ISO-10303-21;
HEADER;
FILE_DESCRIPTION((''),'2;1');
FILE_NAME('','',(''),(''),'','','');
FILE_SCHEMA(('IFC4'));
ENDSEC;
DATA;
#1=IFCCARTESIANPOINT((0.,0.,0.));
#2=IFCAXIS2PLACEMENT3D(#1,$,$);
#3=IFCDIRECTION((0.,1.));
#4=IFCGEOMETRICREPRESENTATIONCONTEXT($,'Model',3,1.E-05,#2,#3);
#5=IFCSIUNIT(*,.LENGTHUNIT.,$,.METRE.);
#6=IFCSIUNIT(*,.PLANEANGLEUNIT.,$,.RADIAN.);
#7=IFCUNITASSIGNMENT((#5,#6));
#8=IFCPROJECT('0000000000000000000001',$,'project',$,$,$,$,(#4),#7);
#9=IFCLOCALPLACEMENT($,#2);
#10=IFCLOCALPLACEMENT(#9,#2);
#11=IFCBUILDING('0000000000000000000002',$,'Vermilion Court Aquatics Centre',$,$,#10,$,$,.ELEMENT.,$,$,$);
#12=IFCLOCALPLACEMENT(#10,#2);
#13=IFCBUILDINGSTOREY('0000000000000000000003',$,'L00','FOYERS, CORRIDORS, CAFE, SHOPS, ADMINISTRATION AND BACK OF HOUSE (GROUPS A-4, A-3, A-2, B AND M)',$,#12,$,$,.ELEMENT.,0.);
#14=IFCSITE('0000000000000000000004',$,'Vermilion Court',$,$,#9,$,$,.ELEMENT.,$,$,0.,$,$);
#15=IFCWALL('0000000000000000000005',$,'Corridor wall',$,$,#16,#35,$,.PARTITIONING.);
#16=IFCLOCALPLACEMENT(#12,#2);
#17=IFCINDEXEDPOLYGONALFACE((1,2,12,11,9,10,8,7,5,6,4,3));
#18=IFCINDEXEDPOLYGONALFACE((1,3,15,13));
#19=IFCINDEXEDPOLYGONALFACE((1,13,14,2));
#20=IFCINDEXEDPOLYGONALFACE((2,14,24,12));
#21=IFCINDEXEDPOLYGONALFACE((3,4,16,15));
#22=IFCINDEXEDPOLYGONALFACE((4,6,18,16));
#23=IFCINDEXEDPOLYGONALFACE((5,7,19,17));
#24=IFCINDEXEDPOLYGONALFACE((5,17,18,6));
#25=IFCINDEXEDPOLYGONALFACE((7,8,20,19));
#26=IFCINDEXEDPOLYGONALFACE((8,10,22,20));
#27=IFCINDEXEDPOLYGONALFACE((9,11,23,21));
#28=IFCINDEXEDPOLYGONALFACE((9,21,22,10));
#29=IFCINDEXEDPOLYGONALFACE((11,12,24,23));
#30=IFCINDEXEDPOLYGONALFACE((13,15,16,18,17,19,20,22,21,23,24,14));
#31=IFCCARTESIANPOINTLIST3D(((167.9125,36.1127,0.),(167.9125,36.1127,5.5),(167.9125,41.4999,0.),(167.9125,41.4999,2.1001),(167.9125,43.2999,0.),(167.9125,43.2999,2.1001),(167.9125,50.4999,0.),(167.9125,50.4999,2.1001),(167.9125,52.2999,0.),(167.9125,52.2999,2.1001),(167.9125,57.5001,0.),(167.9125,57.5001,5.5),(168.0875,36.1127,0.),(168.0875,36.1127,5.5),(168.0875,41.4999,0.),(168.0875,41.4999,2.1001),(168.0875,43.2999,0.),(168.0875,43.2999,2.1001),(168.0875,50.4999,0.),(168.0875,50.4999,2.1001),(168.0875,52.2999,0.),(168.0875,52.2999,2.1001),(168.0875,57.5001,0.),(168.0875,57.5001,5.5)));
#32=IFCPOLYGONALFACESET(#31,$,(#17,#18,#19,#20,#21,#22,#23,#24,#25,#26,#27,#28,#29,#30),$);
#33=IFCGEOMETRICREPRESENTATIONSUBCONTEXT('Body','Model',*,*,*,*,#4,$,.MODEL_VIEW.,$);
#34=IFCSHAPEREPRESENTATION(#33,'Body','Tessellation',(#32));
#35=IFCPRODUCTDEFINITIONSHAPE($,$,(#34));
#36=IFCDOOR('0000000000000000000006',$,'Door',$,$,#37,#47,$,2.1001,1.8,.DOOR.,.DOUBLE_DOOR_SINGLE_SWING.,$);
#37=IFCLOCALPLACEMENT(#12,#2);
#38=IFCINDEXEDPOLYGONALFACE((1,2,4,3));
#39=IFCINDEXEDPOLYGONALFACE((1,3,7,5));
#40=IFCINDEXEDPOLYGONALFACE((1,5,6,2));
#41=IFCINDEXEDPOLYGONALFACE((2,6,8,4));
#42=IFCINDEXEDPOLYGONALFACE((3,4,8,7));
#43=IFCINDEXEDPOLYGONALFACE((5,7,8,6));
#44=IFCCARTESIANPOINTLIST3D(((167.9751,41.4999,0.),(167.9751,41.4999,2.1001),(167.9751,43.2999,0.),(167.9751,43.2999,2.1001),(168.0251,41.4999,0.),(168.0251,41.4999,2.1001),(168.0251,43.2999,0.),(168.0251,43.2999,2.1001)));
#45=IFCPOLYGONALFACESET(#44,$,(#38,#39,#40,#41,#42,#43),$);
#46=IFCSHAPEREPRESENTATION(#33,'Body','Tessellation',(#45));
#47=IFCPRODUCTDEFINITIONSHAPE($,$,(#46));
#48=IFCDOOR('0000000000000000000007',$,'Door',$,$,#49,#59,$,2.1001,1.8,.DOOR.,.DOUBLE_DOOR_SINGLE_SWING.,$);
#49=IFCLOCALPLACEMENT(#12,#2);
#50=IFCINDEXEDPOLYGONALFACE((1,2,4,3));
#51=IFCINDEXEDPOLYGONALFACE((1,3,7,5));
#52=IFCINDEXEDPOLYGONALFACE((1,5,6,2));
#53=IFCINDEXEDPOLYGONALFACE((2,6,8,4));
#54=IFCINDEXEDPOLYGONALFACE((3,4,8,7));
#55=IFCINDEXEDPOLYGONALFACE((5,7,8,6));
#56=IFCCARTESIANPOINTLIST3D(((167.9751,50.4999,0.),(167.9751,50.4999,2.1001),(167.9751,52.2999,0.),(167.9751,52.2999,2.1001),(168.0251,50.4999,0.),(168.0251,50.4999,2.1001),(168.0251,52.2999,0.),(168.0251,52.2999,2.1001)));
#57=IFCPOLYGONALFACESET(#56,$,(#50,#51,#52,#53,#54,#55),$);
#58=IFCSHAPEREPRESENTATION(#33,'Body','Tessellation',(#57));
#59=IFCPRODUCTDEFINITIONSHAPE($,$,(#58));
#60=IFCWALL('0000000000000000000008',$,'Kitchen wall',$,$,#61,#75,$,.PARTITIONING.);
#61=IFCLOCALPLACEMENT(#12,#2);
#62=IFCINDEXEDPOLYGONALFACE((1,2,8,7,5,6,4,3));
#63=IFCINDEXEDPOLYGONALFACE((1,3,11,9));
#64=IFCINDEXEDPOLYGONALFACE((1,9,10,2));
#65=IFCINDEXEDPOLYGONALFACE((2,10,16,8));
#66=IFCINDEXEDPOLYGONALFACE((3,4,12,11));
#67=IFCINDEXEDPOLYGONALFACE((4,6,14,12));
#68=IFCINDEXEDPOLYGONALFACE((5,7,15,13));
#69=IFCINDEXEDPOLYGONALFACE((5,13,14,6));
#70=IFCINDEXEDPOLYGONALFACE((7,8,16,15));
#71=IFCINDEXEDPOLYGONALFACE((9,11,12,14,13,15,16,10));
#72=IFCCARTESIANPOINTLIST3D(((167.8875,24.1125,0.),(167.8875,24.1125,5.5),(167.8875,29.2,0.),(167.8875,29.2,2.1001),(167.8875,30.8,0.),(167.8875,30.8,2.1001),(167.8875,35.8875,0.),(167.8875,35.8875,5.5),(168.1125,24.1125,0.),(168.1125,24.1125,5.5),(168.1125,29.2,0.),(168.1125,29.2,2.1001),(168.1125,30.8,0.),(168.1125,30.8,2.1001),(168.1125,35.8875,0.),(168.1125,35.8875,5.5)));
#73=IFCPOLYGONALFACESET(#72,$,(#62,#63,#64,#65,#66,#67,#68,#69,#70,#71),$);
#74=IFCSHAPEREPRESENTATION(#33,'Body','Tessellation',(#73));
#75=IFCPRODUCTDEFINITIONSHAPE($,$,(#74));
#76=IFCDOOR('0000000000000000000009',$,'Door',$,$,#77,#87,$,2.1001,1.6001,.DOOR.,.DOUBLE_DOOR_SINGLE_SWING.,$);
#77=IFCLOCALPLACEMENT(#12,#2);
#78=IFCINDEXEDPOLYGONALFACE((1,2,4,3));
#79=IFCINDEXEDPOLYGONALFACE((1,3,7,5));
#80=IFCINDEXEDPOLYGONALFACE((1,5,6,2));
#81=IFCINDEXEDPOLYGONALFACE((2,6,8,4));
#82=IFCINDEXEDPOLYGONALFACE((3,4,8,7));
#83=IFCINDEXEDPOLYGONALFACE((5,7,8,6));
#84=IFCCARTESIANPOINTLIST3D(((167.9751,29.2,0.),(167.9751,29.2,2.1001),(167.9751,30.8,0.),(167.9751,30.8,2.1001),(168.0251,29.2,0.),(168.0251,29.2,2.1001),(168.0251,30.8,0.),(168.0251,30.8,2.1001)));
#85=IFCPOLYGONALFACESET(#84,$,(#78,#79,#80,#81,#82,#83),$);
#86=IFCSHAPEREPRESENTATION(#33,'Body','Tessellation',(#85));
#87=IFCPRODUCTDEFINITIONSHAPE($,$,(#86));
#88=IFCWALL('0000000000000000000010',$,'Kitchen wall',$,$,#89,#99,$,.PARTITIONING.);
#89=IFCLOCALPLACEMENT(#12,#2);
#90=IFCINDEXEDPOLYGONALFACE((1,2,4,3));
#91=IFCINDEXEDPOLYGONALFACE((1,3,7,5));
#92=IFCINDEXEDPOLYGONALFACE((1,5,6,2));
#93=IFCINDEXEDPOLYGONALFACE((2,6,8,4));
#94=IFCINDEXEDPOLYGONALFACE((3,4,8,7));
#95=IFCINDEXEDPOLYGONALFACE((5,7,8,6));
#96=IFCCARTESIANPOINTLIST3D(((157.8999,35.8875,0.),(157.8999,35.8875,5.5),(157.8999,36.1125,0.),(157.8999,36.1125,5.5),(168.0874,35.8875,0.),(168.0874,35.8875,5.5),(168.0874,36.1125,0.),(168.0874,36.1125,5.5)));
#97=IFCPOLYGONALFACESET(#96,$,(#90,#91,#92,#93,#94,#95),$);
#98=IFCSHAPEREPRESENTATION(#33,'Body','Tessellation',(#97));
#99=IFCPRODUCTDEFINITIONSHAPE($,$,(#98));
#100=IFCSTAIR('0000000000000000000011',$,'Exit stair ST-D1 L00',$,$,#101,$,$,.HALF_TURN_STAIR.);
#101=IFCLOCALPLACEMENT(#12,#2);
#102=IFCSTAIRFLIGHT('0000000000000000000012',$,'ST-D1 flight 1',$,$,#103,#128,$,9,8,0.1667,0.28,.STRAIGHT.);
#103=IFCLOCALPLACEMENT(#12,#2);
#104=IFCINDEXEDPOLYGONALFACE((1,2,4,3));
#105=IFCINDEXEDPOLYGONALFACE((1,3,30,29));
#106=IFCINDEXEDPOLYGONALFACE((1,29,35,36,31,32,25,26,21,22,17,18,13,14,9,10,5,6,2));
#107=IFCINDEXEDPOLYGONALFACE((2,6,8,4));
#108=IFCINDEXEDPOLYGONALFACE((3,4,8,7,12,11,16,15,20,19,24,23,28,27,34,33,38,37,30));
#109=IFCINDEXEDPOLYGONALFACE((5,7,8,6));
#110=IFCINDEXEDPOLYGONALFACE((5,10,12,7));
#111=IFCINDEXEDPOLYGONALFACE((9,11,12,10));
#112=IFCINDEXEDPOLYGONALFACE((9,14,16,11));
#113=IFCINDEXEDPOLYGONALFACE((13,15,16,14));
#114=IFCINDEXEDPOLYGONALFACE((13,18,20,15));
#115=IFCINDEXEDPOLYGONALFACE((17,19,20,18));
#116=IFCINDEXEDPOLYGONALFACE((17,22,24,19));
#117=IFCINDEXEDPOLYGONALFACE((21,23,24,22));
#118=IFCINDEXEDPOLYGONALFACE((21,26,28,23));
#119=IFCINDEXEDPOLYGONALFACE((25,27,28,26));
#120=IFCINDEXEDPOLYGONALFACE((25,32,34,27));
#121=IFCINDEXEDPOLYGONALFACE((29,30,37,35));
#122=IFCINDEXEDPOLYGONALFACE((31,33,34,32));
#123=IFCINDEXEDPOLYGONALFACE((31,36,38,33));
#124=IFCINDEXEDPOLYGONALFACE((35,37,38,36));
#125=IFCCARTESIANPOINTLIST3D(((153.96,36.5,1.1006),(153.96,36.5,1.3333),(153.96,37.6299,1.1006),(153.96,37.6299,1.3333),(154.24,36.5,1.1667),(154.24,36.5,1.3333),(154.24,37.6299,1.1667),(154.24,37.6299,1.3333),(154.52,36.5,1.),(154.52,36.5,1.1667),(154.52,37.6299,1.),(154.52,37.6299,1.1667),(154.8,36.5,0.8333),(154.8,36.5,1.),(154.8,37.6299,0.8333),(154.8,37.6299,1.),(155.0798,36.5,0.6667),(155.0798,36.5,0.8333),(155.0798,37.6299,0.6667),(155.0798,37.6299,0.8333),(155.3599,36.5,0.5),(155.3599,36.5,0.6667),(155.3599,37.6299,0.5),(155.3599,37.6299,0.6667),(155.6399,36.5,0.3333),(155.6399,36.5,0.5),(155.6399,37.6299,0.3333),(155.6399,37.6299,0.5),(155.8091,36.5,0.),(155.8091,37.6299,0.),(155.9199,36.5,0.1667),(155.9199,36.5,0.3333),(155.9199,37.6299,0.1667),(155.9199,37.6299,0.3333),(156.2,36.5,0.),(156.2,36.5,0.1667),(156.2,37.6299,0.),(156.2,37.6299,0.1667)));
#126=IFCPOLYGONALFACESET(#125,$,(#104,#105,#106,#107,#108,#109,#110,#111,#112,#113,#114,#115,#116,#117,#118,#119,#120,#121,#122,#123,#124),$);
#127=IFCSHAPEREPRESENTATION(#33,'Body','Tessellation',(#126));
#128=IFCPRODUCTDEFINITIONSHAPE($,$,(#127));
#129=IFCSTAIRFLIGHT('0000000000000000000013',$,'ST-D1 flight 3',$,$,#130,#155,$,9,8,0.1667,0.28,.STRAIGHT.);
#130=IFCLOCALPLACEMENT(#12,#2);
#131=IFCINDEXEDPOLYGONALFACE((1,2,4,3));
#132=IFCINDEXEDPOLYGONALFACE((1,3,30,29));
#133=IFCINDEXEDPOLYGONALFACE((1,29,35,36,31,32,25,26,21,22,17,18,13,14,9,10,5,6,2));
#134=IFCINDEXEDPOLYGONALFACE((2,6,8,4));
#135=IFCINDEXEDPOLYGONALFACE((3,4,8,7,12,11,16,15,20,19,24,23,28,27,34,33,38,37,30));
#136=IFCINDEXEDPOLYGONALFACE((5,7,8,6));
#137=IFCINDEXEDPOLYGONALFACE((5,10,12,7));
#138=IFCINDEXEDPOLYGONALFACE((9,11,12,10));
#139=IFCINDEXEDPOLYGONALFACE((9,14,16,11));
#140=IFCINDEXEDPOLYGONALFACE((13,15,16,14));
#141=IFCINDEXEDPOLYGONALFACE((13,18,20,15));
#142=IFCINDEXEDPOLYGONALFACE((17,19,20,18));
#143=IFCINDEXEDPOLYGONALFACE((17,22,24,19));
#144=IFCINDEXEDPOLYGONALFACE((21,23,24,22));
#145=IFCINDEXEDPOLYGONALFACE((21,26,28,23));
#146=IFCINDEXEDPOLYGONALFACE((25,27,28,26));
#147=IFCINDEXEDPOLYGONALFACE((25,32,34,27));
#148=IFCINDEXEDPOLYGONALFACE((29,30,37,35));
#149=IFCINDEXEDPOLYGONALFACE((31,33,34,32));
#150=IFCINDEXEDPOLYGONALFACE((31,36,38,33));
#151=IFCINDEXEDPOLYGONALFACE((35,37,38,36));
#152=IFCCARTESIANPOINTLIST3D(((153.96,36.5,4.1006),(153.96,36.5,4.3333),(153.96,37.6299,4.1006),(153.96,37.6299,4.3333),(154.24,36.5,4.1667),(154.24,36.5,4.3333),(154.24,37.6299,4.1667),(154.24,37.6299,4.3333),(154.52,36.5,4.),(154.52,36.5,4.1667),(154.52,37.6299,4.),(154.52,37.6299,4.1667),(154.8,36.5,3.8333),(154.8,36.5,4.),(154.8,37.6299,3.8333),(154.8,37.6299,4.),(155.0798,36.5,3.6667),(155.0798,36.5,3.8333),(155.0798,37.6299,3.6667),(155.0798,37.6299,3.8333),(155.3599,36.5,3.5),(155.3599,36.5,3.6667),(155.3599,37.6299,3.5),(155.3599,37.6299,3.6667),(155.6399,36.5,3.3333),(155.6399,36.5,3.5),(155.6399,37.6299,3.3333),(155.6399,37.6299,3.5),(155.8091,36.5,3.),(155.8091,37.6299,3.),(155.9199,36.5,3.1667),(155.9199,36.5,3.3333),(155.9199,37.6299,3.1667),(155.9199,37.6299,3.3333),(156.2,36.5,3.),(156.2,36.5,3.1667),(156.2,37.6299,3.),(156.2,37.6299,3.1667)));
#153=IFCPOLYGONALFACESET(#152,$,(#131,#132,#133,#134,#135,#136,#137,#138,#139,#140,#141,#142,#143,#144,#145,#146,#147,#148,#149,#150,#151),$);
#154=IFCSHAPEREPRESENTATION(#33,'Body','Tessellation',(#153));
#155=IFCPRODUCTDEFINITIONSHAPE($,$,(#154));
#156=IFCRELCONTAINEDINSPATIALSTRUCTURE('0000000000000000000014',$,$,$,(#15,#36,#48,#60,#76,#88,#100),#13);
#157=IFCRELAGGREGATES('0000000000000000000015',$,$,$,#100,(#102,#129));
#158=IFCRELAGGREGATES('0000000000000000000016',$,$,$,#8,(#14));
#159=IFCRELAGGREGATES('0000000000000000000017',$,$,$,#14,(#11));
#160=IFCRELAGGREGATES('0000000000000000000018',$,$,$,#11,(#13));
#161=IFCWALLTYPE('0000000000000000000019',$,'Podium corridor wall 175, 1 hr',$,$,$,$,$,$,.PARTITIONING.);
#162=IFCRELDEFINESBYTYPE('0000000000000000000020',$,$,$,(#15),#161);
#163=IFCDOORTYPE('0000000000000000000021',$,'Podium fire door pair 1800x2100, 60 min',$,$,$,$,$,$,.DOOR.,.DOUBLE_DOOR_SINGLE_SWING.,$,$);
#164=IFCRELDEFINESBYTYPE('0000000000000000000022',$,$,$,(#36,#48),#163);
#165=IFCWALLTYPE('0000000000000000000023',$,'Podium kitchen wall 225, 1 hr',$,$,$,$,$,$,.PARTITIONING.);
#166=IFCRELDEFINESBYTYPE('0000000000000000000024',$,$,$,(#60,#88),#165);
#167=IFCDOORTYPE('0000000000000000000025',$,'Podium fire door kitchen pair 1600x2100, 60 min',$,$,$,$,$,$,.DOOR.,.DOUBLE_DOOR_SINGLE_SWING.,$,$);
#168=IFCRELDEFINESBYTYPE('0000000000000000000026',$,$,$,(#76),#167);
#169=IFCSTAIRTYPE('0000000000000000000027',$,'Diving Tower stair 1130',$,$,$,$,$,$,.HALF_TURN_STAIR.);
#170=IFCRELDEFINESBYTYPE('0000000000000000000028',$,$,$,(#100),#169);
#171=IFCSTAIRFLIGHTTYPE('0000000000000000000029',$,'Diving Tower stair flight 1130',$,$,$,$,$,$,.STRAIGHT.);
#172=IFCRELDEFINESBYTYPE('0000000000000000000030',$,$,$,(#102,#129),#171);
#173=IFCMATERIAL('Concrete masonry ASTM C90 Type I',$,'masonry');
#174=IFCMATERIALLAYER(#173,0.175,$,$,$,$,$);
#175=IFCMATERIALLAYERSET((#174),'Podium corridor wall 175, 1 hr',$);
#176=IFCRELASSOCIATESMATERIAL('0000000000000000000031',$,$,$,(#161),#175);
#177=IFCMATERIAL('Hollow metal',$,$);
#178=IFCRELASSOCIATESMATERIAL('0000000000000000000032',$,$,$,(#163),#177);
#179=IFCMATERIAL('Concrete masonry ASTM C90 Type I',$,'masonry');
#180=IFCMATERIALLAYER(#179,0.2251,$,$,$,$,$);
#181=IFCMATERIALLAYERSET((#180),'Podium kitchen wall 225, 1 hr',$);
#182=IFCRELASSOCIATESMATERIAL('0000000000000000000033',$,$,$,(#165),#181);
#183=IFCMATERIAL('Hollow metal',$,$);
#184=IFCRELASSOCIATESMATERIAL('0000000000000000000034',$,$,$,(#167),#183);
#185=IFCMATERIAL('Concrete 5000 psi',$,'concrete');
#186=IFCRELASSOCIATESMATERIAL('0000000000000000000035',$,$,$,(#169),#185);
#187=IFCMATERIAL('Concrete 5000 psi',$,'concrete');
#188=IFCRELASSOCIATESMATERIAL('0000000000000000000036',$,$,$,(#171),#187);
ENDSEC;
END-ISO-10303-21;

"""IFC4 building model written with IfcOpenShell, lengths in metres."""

from ifc_helpers import new_model, si_unit, direction, frame, frame_2d, origin, place, context, subcontext, project, spatial, polyline, rectangle, outline, extrude, material, layer, layer_set, type_object, element, fill, aggregate, save


model = new_model("IFC4")

# Units and contexts
model_context = context("Model", 3, precision=1e-05, world=origin(), true_north=direction((0.0, 1.0)))
body_context = subcontext(model_context, "Body", "Model", "MODEL_VIEW")
ifc_project = project(units=[si_unit("LENGTHUNIT", "METRE"), si_unit("PLANEANGLEUNIT", "RADIAN")], contexts=[model_context])

# Site, building, storey
site_placement = place(None, origin())
site = spatial("IfcSite", under=ifc_project, at=site_placement, Name="Vermilion Court", CompositionType="ELEMENT", RefElevation=0.0)
building_placement = place(site_placement, origin())
building = spatial("IfcBuilding", under=site, at=building_placement, Name="Vermilion Court Aquatics Centre", CompositionType="ELEMENT")
storey_placement = place(building_placement, origin())
storey = spatial("IfcBuildingStorey", under=building, at=storey_placement, Name="L00", Description="FOYERS, CORRIDORS, CAFE, SHOPS, ADMINISTRATION AND BACK OF HOUSE (GROUPS A-4, A-3, A-2, B AND M)", CompositionType="ELEMENT", Elevation=0.0)

# Wall, openings, doors
ifc_material_1 = material(Name="Concrete masonry ASTM C90 Type I", Category="masonry")
ifc_layer_1 = layer(ifc_material_1, 0.175)
ifc_layer_set_1 = layer_set([ifc_layer_1], Name="Podium corridor wall 175, 1 hr")
wall_type_1 = type_object("IfcWallType", Name="Podium corridor wall 175, 1 hr", PredefinedType="PARTITIONING", material=ifc_layer_set_1)
wall_1_placement = place(storey_placement, frame((168.0, 36.1125, 0.0), z_axis=(0.0, 0.0, 1.0), x_axis=(0.0, 1.0, 0.0)))
wall_1 = element("IfcWall", 1, at=wall_1_placement, inside=storey, type_object=wall_type_1, Name="Corridor wall", PredefinedType="PARTITIONING", context=body_context, shape_type="SweptSolid", body=[
    extrude(rectangle(XDim=21.3875, YDim=0.175, at=frame_2d((10.6938, 0.0))), origin(), (0.0, 0.0, 1.0), 5.5),
])
opening_1_placement = place(wall_1_placement, frame((5.3875, 0.0, 0.0)))
opening_1 = element("IfcOpeningElement", 2, at=opening_1_placement, cuts=wall_1, PredefinedType="OPENING", context=body_context, shape_type="SweptSolid", body=[
    extrude(rectangle(XDim=1.8, YDim=2.1001, at=frame_2d((0.8999, 1.05))), frame((0.0, 0.0974, 0.0), z_axis=(0.0, -1.0, 0.0), x_axis=(1.0, 0.0, 0.0)), (0.0, 0.0, 1.0), 0.1951),
])
opening_2_placement = place(wall_1_placement, frame((14.3875, 0.0, 0.0)))
opening_2 = element("IfcOpeningElement", 3, at=opening_2_placement, cuts=wall_1, PredefinedType="OPENING", context=body_context, shape_type="SweptSolid", body=[
    extrude(rectangle(XDim=1.8, YDim=2.1001, at=frame_2d((0.8999, 1.05))), frame((0.0, 0.0974, 0.0), z_axis=(0.0, -1.0, 0.0), x_axis=(1.0, 0.0, 0.0)), (0.0, 0.0, 1.0), 0.1951),
])
ifc_material_2 = material(Name="Hollow metal")
door_type_1 = type_object("IfcDoorType", Name="Podium fire door pair 1800x2100, 60 min", OperationType="DOUBLE_DOOR_SINGLE_SWING", PredefinedType="DOOR", material=ifc_material_2)
door_1_placement = place(opening_1_placement, frame((1.8, 0.0, 0.0), z_axis=(0.0, 0.0, 1.0), x_axis=(-1.0, 0.0, 0.0)))
door_1 = element("IfcDoor", 4, at=door_1_placement, inside=storey, type_object=door_type_1, Name="Door", OperationType="DOUBLE_DOOR_SINGLE_SWING", OverallHeight=2.1001, OverallWidth=1.8, PredefinedType="DOOR", context=body_context, shape_type="SweptSolid", body=[
    extrude(rectangle(XDim=1.8, YDim=2.1001, at=frame_2d((0.9001, 1.05))), frame((0.0, 0.0251, 0.0), z_axis=(0.0, -1.0, 0.0), x_axis=(1.0, 0.0, 0.0)), (0.0, 0.0, 1.0), 0.05),
])
fill(opening_1, door_1)
door_2_placement = place(opening_2_placement, frame((1.8, 0.0, 0.0), z_axis=(0.0, 0.0, 1.0), x_axis=(-1.0, 0.0, 0.0)))
door_2 = element("IfcDoor", 5, at=door_2_placement, inside=storey, type_object=door_type_1, Name="Door", OperationType="DOUBLE_DOOR_SINGLE_SWING", OverallHeight=2.1001, OverallWidth=1.8, PredefinedType="DOOR", context=body_context, shape_type="SweptSolid", body=[
    extrude(rectangle(XDim=1.8, YDim=2.1001, at=frame_2d((0.9001, 1.05))), frame((0.0, 0.0251, 0.0), z_axis=(0.0, -1.0, 0.0), x_axis=(1.0, 0.0, 0.0)), (0.0, 0.0, 1.0), 0.05),
])
fill(opening_2, door_2)

# Wall, opening, door
ifc_material_3 = material(Name="Concrete masonry ASTM C90 Type I", Category="masonry")
ifc_layer_2 = layer(ifc_material_3, 0.2251)
ifc_layer_set_2 = layer_set([ifc_layer_2], Name="Podium kitchen wall 225, 1 hr")
wall_type_2 = type_object("IfcWallType", Name="Podium kitchen wall 225, 1 hr", PredefinedType="PARTITIONING", material=ifc_layer_set_2)
wall_2_placement = place(storey_placement, frame((168.0, 24.1125, 0.0), z_axis=(0.0, 0.0, 1.0), x_axis=(0.0, 1.0, 0.0)))
wall_2 = element("IfcWall", 6, at=wall_2_placement, inside=storey, type_object=wall_type_2, Name="Kitchen wall", PredefinedType="PARTITIONING", context=body_context, shape_type="SweptSolid", body=[
    extrude(rectangle(XDim=11.7749, YDim=0.2251, at=frame_2d((5.8875, 0.0))), origin(), (0.0, 0.0, 1.0), 5.5),
])
opening_3_placement = place(wall_2_placement, frame((5.0874, 0.0, 0.0)))
opening_3 = element("IfcOpeningElement", 7, at=opening_3_placement, cuts=wall_2, PredefinedType="OPENING", context=body_context, shape_type="SweptSolid", body=[
    extrude(rectangle(XDim=1.6001, YDim=2.1001, at=frame_2d((0.8, 1.05))), frame((0.0, 0.1226, 0.0), z_axis=(0.0, -1.0, 0.0), x_axis=(1.0, 0.0, 0.0)), (0.0, 0.0, 1.0), 0.2451),
])
ifc_material_4 = material(Name="Hollow metal")
door_type_2 = type_object("IfcDoorType", Name="Podium fire door kitchen pair 1600x2100, 60 min", OperationType="DOUBLE_DOOR_SINGLE_SWING", PredefinedType="DOOR", material=ifc_material_4)
door_3_placement = place(opening_3_placement, frame((1.6001, 0.0, 0.0), z_axis=(0.0, 0.0, 1.0), x_axis=(-1.0, 0.0, 0.0)))
door_3 = element("IfcDoor", 8, at=door_3_placement, inside=storey, type_object=door_type_2, Name="Door", OperationType="DOUBLE_DOOR_SINGLE_SWING", OverallHeight=2.1001, OverallWidth=1.6001, PredefinedType="DOOR", context=body_context, shape_type="SweptSolid", body=[
    extrude(rectangle(XDim=1.6001, YDim=2.1001, at=frame_2d((0.8, 1.05))), frame((0.0, 0.0251, 0.0), z_axis=(0.0, -1.0, 0.0), x_axis=(1.0, 0.0, 0.0)), (0.0, 0.0, 1.0), 0.05),
])
fill(opening_3, door_3)

# Wall
wall_3_placement = place(storey_placement, frame((157.8999, 36.0, 0.0), z_axis=(0.0, 0.0, 1.0), x_axis=(1.0, 0.0, 0.0)))
element("IfcWall", 9, at=wall_3_placement, inside=storey, type_object=wall_type_2, Name="Kitchen wall", PredefinedType="PARTITIONING", context=body_context, shape_type="SweptSolid", body=[
    extrude(rectangle(XDim=10.1875, YDim=0.2251, at=frame_2d((5.0938, 0.0))), origin(), (0.0, 0.0, 1.0), 5.5),
])

# Stair, stair flights
ifc_material_5 = material(Name="Concrete 5000 psi", Category="concrete")
stair_type = type_object("IfcStairType", Name="Diving Tower stair 1130", PredefinedType="HALF_TURN_STAIR", material=ifc_material_5)
stair_placement = place(storey_placement, origin())
stair = element("IfcStair", 10, at=stair_placement, inside=storey, type_object=stair_type, Name="Exit stair ST-D1 L00", PredefinedType="HALF_TURN_STAIR")
ifc_material_6 = material(Name="Concrete 5000 psi", Category="concrete")
stair_flight_type = type_object("IfcStairFlightType", Name="Diving Tower stair flight 1130", PredefinedType="STRAIGHT", material=ifc_material_6)
stair_flight_1_placement = place(storey_placement, frame((156.2, 37.0649, 0.0), z_axis=(0.0, 0.0, 1.0), x_axis=(-1.0, 0.0, 0.0)))
stair_flight_1 = element("IfcStairFlight", 11, at=stair_flight_1_placement, type_object=stair_flight_type, Name="ST-D1 flight 1", NumberOfRisers=9, NumberOfTreads=8, PredefinedType="STRAIGHT", RiserHeight=0.1667, TreadLength=0.28, context=body_context, shape_type="SweptSolid", body=[
    extrude(outline(polyline([(0.0, 0.0), (0.0, 0.1667), (0.28, 0.1667), (0.28, 0.3333), (0.5601, 0.3333), (0.5601, 0.5), (0.8401, 0.5), (0.8401, 0.6667), (1.1201, 0.6667), (1.1201, 0.8333), (1.3999, 0.8333), (1.3999, 1.0), (1.6799, 1.0), (1.6799, 1.1667), (1.96, 1.1667), (1.96, 1.3333), (2.24, 1.3333), (2.24, 1.5), (2.24, 1.1006), (0.3909, 0.0), (0.0, 0.0)])), frame((0.0, 0.5649, 0.0), z_axis=(0.0, -1.0, 0.0), x_axis=(1.0, 0.0, 0.0)), (0.0, 0.0, 1.0), 1.1299),
])
stair_flight_2_placement = place(storey_placement, frame((156.2, 37.0649, 3.0), z_axis=(0.0, 0.0, 1.0), x_axis=(-1.0, 0.0, 0.0)))
stair_flight_2 = element("IfcStairFlight", 12, at=stair_flight_2_placement, type_object=stair_flight_type, Name="ST-D1 flight 3", NumberOfRisers=9, NumberOfTreads=8, PredefinedType="STRAIGHT", RiserHeight=0.1667, TreadLength=0.28, context=body_context, shape_type="SweptSolid", body=[
    extrude(outline(polyline([(0.0, 0.0), (0.0, 0.1667), (0.28, 0.1667), (0.28, 0.3333), (0.5601, 0.3333), (0.5601, 0.5), (0.8401, 0.5), (0.8401, 0.6667), (1.1201, 0.6667), (1.1201, 0.8333), (1.3999, 0.8333), (1.3999, 1.0), (1.6799, 1.0), (1.6799, 1.1667), (1.96, 1.1667), (1.96, 1.3333), (2.24, 1.3333), (2.24, 1.5), (2.24, 1.1006), (0.3909, 0.0), (0.0, 0.0)])), frame((0.0, 0.5649, 0.0), z_axis=(0.0, -1.0, 0.0), x_axis=(1.0, 0.0, 0.0)), (0.0, 0.0, 1.0), 1.1299),
])
aggregate(stair, [stair_flight_1, stair_flight_2])

save(model, "model.ifc")
